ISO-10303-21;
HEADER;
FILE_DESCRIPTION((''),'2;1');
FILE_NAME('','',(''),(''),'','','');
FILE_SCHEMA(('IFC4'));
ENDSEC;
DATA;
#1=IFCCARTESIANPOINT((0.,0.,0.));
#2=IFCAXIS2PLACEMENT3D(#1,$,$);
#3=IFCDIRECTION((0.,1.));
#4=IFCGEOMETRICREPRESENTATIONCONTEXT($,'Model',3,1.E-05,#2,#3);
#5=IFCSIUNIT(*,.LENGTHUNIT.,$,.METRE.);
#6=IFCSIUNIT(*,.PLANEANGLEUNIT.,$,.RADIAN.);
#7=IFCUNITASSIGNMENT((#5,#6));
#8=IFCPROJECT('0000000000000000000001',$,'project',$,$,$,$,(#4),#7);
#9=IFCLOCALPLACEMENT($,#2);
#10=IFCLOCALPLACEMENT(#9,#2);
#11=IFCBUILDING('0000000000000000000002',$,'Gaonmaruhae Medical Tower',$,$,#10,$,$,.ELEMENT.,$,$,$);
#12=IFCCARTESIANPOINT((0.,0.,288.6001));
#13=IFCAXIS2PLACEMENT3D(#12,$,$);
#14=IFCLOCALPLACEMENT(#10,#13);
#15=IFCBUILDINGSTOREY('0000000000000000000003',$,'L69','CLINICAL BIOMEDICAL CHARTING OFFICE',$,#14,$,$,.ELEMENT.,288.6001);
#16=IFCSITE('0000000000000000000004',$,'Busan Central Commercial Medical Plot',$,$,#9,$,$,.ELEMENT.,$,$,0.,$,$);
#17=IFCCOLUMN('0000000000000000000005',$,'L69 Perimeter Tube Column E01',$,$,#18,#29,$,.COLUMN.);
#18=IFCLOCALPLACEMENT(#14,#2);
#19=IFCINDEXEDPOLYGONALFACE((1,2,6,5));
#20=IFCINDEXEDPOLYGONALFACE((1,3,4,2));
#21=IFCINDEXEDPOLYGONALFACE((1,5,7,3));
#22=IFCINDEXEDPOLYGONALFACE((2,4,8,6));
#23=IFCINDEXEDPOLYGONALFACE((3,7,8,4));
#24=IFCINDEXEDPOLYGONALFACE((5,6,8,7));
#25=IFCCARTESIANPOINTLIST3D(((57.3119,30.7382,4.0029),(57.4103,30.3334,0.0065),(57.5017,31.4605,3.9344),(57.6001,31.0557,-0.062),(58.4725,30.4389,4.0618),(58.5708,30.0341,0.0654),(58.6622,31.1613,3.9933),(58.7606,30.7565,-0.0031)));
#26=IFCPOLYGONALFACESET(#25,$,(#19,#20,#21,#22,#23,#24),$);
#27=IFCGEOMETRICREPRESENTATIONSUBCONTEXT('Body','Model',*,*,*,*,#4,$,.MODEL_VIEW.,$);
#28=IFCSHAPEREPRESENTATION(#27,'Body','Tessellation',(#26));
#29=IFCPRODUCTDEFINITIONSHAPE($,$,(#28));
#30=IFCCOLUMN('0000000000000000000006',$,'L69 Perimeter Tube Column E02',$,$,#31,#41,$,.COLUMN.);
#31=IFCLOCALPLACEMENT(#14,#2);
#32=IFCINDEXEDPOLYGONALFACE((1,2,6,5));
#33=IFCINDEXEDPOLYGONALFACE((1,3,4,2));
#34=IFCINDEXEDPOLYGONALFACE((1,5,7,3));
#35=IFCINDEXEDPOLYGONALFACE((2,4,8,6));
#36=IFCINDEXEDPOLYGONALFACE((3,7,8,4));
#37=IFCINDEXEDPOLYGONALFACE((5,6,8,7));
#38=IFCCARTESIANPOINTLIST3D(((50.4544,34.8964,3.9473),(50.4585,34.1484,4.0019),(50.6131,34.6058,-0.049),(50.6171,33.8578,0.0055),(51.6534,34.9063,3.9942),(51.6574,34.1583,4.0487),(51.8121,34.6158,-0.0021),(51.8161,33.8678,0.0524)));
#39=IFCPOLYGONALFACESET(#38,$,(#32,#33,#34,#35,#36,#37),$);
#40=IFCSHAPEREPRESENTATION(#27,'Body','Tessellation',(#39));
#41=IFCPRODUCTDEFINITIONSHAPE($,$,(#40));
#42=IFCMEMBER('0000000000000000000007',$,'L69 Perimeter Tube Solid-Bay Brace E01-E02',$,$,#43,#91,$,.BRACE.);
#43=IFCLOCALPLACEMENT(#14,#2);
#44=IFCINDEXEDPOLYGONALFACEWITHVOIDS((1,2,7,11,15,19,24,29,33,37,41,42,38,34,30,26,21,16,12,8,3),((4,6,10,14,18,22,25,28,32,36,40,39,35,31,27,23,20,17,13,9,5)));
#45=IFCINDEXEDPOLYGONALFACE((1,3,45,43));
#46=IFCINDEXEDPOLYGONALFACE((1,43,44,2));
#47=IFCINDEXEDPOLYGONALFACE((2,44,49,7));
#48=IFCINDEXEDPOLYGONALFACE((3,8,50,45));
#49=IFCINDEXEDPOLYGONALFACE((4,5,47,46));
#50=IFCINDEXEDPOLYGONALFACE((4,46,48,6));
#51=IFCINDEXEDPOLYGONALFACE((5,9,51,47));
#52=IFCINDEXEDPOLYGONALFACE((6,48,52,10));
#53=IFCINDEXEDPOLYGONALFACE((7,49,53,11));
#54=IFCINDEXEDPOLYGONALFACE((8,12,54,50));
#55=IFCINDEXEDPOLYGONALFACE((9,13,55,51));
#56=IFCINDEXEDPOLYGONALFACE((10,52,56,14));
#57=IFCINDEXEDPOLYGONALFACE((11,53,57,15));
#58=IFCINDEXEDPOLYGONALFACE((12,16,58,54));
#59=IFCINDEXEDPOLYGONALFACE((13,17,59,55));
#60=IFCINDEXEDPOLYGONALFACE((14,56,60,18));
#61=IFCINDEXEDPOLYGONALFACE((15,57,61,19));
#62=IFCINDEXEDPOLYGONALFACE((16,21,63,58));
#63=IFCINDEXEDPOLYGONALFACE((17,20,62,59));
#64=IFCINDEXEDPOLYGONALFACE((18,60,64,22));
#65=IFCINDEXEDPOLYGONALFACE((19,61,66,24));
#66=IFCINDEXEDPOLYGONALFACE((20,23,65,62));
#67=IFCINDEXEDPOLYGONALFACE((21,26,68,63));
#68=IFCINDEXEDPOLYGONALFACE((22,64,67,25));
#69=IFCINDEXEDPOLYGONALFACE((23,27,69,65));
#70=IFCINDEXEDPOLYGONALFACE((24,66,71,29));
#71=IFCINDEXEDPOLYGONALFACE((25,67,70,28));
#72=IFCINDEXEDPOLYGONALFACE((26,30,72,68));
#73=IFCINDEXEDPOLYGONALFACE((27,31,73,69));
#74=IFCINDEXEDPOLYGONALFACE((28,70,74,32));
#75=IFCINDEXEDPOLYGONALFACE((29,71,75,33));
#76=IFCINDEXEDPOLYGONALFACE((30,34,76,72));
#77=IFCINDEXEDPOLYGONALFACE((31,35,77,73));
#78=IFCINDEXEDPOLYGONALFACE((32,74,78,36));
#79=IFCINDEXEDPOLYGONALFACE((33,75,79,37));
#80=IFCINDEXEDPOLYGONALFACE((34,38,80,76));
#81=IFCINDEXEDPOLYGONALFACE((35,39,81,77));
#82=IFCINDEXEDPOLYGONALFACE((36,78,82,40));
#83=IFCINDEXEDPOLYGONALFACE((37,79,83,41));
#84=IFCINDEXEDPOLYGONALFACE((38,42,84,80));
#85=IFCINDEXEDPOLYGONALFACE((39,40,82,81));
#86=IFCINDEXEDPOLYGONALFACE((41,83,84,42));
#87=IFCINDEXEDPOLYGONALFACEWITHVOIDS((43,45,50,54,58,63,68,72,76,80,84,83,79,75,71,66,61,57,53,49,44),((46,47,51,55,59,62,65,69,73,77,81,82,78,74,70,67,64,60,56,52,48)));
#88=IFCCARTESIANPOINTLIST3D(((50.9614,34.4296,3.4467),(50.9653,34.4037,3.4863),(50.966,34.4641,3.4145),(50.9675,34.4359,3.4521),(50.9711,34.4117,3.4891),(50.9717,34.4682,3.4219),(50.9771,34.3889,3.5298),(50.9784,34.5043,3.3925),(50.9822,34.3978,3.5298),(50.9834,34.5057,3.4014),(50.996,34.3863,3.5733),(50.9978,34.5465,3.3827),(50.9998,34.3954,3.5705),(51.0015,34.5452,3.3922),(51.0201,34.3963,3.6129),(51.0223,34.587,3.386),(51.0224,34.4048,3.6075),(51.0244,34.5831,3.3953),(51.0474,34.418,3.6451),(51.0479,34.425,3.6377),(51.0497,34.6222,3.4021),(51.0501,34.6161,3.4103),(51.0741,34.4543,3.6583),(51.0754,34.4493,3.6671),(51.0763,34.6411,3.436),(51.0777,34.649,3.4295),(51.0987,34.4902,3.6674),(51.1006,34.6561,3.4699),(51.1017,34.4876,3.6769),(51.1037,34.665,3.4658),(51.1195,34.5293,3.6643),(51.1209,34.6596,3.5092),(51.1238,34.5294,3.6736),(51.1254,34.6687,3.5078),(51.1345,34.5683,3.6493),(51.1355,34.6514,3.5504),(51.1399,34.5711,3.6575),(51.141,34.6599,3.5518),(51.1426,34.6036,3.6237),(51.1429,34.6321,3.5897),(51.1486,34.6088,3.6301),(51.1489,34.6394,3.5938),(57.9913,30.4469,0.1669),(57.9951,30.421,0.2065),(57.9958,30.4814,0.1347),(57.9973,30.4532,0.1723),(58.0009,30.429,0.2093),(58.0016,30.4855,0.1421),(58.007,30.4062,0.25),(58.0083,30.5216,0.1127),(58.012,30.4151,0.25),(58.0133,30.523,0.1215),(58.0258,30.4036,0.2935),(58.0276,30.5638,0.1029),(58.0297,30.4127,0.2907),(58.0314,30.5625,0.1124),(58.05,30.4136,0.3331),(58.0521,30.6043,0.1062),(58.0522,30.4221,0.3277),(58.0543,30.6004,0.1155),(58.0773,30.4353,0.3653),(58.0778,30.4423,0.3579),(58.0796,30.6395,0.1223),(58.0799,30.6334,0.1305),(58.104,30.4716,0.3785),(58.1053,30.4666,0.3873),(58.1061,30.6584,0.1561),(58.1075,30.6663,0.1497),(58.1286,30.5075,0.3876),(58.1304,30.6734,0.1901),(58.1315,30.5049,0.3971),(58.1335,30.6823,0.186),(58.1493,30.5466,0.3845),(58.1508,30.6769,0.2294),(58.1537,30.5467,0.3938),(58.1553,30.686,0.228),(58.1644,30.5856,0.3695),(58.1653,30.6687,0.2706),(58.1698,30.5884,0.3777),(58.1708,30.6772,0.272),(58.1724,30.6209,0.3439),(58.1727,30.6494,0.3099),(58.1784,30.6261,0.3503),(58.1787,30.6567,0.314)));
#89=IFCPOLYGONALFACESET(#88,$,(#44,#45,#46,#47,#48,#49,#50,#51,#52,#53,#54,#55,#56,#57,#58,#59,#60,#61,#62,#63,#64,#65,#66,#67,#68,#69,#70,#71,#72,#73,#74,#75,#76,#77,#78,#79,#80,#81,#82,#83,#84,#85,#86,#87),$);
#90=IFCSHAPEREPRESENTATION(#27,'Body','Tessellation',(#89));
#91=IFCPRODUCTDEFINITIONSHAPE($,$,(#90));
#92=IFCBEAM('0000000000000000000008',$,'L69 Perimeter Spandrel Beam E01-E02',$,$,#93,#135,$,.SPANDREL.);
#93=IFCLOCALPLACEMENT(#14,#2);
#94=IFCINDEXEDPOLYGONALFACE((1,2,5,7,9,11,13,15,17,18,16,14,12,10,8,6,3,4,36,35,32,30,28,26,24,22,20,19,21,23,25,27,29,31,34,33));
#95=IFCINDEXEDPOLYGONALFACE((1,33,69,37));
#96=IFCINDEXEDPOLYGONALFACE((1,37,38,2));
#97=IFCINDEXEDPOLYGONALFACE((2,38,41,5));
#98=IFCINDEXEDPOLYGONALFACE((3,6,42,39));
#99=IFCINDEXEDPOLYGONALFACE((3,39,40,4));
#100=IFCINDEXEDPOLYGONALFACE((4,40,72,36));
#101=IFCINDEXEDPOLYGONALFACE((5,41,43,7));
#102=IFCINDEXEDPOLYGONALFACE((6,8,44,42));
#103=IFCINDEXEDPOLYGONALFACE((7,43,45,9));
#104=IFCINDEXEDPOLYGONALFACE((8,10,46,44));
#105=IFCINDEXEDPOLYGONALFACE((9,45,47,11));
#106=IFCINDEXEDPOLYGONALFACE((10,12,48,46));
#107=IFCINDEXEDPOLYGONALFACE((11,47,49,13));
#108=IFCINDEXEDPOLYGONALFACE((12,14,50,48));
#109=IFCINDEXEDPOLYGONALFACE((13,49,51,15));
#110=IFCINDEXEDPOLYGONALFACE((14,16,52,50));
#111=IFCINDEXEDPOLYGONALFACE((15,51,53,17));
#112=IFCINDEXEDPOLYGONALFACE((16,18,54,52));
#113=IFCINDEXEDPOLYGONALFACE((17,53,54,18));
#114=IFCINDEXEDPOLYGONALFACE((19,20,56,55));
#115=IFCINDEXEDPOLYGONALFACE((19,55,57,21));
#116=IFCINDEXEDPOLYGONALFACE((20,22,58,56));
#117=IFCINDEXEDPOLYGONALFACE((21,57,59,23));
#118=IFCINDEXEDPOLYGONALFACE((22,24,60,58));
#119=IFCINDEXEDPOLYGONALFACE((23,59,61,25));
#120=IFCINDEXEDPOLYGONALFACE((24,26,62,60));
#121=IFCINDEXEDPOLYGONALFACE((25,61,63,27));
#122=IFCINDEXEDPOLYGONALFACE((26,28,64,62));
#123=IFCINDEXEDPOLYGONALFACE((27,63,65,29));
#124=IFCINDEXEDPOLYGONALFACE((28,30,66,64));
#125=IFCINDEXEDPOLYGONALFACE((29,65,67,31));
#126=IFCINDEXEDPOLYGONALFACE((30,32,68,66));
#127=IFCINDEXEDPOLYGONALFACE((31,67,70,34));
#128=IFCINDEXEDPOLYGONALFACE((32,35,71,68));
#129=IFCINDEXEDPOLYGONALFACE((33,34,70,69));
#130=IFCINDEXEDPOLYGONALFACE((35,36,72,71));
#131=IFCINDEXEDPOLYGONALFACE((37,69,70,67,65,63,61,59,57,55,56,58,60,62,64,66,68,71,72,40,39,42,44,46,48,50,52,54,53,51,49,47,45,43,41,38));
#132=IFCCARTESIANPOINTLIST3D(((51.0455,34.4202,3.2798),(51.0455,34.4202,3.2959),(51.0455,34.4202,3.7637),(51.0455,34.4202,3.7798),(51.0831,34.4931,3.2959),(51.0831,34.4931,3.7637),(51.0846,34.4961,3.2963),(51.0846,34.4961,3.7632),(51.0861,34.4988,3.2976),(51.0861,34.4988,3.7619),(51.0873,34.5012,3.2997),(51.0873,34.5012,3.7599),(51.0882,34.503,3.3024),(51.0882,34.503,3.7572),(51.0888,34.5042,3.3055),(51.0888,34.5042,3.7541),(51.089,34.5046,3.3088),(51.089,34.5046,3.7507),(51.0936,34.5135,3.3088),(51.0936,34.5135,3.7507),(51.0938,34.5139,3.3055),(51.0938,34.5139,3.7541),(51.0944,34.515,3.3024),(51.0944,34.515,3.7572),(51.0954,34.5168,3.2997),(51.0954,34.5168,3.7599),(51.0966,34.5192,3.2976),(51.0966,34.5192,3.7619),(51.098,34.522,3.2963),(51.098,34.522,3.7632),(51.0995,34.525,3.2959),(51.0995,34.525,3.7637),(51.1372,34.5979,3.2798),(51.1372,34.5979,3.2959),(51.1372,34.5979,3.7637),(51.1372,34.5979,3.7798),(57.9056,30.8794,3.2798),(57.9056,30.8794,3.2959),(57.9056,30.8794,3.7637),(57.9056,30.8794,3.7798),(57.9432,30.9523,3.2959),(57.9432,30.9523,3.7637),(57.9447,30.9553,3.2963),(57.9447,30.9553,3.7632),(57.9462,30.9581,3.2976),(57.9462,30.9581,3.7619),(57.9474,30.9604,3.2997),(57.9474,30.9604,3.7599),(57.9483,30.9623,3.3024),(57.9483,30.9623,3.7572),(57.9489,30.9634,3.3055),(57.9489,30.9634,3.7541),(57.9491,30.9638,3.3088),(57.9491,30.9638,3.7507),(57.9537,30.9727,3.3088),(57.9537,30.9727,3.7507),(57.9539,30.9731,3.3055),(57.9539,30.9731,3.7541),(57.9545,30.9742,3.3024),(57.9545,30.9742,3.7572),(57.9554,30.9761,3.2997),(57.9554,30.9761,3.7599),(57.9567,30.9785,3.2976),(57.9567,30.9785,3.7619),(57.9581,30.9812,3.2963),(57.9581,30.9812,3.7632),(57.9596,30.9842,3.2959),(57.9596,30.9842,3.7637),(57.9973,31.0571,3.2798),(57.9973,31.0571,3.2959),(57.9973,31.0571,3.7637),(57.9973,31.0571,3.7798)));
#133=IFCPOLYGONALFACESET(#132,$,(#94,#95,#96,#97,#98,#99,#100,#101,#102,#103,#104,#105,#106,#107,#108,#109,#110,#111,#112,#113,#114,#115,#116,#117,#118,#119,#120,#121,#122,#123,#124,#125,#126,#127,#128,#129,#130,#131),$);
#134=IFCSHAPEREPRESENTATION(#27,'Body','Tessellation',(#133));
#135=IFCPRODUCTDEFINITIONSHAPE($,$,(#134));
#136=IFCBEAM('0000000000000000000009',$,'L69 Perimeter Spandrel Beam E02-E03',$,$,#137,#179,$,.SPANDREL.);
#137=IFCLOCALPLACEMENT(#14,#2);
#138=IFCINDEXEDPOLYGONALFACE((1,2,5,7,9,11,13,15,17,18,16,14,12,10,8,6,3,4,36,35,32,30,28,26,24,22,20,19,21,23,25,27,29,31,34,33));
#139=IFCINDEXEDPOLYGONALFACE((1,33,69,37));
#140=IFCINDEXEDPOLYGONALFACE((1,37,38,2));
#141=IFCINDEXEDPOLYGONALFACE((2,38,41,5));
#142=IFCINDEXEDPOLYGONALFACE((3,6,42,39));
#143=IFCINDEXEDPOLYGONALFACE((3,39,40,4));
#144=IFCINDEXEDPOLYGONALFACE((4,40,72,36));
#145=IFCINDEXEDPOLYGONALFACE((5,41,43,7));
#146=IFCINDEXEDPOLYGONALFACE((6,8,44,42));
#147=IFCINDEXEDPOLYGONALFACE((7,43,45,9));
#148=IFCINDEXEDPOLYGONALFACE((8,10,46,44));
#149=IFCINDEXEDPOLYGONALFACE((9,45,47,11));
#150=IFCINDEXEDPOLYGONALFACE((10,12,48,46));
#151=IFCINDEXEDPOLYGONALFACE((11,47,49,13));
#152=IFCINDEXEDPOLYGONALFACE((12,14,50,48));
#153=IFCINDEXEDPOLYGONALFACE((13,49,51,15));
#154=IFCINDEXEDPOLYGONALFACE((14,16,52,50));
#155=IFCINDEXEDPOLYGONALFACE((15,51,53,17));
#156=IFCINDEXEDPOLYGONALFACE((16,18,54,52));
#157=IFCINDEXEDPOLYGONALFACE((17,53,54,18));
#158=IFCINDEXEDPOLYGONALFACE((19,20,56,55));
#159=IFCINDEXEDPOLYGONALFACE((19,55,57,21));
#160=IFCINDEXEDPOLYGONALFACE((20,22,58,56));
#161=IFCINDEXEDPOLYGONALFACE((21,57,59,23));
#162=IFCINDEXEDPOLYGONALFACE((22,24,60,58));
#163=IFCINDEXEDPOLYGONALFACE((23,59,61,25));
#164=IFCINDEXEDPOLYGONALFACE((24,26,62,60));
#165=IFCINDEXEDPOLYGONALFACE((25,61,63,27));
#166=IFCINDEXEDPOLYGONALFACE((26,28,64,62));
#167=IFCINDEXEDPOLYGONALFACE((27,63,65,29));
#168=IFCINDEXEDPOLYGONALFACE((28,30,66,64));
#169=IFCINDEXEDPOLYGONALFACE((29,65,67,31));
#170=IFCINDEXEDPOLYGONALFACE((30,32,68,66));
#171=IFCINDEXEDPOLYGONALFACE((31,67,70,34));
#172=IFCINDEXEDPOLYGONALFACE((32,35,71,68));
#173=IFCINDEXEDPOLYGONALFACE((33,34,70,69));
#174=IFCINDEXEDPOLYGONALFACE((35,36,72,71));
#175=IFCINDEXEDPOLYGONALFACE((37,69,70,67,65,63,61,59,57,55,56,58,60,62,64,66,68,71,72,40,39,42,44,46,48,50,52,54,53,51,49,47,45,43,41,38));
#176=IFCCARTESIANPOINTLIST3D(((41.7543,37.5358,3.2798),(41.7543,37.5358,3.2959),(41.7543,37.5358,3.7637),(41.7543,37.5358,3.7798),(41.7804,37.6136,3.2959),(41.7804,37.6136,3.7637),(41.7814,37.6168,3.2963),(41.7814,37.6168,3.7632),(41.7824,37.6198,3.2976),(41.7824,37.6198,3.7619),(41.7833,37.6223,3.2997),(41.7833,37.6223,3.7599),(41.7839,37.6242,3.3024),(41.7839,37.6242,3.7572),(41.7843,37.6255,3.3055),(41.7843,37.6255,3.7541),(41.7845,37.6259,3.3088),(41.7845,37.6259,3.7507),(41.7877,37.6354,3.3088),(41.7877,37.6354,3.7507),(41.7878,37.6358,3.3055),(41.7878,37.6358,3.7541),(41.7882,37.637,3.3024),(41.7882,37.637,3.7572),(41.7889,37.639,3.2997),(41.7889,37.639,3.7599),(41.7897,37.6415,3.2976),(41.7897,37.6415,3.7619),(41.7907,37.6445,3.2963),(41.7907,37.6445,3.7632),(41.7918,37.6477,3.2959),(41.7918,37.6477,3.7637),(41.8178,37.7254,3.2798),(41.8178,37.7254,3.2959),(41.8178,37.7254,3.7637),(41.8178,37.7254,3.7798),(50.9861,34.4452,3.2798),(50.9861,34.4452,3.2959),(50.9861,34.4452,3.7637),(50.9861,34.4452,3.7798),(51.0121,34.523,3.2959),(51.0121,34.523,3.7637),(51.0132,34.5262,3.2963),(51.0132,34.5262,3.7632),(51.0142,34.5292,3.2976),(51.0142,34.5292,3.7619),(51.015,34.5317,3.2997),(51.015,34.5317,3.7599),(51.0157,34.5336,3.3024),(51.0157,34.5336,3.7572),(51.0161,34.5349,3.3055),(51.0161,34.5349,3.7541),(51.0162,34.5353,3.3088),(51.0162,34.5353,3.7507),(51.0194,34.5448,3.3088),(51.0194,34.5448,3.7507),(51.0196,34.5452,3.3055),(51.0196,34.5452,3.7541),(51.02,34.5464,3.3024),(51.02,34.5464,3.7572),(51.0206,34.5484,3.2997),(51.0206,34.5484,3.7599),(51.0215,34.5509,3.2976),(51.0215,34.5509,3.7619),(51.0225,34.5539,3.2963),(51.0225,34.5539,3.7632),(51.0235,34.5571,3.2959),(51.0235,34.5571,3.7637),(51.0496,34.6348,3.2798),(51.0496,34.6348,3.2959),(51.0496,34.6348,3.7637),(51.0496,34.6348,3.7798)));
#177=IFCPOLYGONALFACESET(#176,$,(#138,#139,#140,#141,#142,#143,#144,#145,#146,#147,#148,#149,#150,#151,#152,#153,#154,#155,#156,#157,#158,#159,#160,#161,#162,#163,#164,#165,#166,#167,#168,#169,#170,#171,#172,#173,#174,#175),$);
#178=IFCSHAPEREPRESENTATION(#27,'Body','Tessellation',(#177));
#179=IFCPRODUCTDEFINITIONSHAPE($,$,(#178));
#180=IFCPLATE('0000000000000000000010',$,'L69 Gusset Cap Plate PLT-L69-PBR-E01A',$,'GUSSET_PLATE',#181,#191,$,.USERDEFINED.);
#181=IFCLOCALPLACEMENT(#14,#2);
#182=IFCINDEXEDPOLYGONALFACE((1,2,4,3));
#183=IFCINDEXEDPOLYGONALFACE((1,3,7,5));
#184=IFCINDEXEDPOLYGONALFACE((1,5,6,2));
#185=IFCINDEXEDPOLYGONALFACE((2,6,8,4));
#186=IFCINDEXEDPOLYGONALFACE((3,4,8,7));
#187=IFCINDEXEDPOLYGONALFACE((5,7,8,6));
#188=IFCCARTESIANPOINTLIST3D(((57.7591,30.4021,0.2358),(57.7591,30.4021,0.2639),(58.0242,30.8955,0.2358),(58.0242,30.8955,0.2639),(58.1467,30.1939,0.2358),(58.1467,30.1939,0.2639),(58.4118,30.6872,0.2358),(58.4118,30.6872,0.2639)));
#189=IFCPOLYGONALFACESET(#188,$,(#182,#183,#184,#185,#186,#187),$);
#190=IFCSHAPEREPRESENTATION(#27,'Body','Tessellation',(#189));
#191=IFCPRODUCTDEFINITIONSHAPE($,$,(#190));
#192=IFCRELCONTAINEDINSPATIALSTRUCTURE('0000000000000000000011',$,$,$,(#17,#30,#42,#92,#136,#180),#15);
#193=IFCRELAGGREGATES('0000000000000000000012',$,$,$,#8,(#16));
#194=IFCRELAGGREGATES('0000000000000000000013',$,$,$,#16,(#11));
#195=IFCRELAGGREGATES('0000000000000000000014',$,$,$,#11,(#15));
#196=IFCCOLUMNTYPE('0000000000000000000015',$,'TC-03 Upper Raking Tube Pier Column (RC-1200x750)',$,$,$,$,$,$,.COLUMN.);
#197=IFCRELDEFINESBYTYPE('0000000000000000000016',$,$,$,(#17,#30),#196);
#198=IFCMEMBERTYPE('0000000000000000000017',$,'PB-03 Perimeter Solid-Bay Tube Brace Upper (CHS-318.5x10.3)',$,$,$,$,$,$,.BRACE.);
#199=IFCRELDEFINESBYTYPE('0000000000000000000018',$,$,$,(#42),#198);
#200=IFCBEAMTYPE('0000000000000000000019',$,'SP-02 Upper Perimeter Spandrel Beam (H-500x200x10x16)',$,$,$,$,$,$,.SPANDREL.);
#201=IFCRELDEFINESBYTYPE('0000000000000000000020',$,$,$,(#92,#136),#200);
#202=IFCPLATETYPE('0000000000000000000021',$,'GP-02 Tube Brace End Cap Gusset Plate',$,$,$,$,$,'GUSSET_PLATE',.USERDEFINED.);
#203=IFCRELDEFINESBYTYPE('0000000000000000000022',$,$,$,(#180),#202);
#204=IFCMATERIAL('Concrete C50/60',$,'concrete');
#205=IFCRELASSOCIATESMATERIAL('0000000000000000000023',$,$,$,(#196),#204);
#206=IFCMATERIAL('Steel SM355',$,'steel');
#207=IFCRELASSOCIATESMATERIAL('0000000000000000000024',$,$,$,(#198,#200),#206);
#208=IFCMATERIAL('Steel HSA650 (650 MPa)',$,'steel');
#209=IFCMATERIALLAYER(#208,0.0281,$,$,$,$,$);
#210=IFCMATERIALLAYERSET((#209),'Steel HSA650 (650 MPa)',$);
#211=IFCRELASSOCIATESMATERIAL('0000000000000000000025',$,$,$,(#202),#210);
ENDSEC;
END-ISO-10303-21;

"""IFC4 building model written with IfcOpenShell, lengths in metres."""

from ifc_helpers import new_model, si_unit, direction, frame, origin, origin_2d, place, context, subcontext, project, spatial, rectangle, hollow_circle, i_section, extrude, material, layer, layer_set, material_profile, profile_set, type_object, element, save


model = new_model("IFC4")

# Units and contexts
model_context = context("Model", 3, precision=1e-05, world=origin(), true_north=direction((0.0, 1.0)))
body_context = subcontext(model_context, "Body", "Model", "MODEL_VIEW")
ifc_project = project(units=[si_unit("LENGTHUNIT", "METRE"), si_unit("PLANEANGLEUNIT", "RADIAN")], contexts=[model_context])

# Site, building, storey
site_placement = place(None, origin())
site = spatial("IfcSite", under=ifc_project, at=site_placement, Name="Busan Central Commercial Medical Plot", CompositionType="ELEMENT", RefElevation=0.0)
building_placement = place(site_placement, origin())
building = spatial("IfcBuilding", under=site, at=building_placement, Name="Gaonmaruhae Medical Tower", CompositionType="ELEMENT")
storey_placement = place(building_placement, frame((0.0, 0.0, 288.6001)))
storey = spatial("IfcBuildingStorey", under=building, at=storey_placement, Name="L69", Description="CLINICAL BIOMEDICAL CHARTING OFFICE", CompositionType="ELEMENT", Elevation=288.6001)

# Columns
ifc_material_1 = material(Name="Concrete C50/60", Category="concrete")
ifc_material_profile_1 = material_profile(ifc_material_1, rectangle(XDim=1.2, YDim=0.75, at=origin_2d()), Name="RC-1200x750")
ifc_profile_set_1 = profile_set([ifc_material_profile_1], Name="Concrete C50/60")
column_type = type_object("IfcColumnType", Name="TC-03 Upper Raking Tube Pier Column (RC-1200x750)", PredefinedType="COLUMN", material=ifc_profile_set_1)
column_1_placement = place(storey_placement, frame((58.0854, 30.5449, 0.0017), z_axis=(-0.024487, 0.100743, 0.994611), x_axis=(0.967158, -0.249395, 0.049072)))
element("IfcColumn", 1, at=column_1_placement, inside=storey, type_object=column_type, Name="L69 Perimeter Tube Column E01", PredefinedType="COLUMN", context=body_context, shape_type="SweptSolid", body=[
    extrude(rectangle(XDim=1.2, YDim=0.75, at=origin_2d()), origin(), (0.0, 0.0, 1.0), 4.0181),
])
column_2_placement = place(storey_placement, frame((51.2146, 34.2368, 0.0017), z_axis=(-0.039574, 0.07245, 0.996587), x_axis=(0.999202, 0.008298, 0.039074)))
element("IfcColumn", 2, at=column_2_placement, inside=storey, type_object=column_type, Name="L69 Perimeter Tube Column E02", PredefinedType="COLUMN", context=body_context, shape_type="SweptSolid", body=[
    extrude(rectangle(XDim=1.2, YDim=0.75, at=origin_2d()), origin(), (0.0, 0.0, 1.0), 4.01),
])

# Member
ifc_material_2 = material(Name="Steel SM355", Category="steel")
ifc_material_profile_2 = material_profile(ifc_material_2, hollow_circle(Radius=0.1592, WallThickness=0.0103, at=origin_2d()), Name="CHS-318.5x10.3")
ifc_profile_set_2 = profile_set([ifc_material_profile_2], Name="Steel SM355")
member_type = type_object("IfcMemberType", Name="PB-03 Perimeter Solid-Bay Tube Brace Upper (CHS-318.5x10.3)", PredefinedType="BRACE", material=ifc_profile_set_2)
member_placement = place(storey_placement, frame((58.0854, 30.5447, 0.25), z_axis=(-0.806178, 0.456733, 0.376127), x_axis=(-0.49293, -0.870069, 0.0)))
element("IfcMember", 3, at=member_placement, inside=storey, type_object=member_type, Name="L69 Perimeter Tube Solid-Bay Brace E01-E02", PredefinedType="BRACE", context=body_context, shape_type="SweptSolid", body=[
    extrude(hollow_circle(Radius=0.1592, WallThickness=0.0103, at=origin_2d()), origin(), (0.0, 0.0, 1.0), 8.72),
])

# Beams
ifc_material_profile_3 = material_profile(ifc_material_2, i_section(OverallWidth=0.2, OverallDepth=0.5, WebThickness=0.01, FlangeThickness=0.0161, FilletRadius=0.0129, at=origin_2d()), Name="H-500x200x10x16")
ifc_profile_set_3 = profile_set([ifc_material_profile_3], Name="Steel SM355")
beam_type = type_object("IfcBeamType", Name="SP-02 Upper Perimeter Spandrel Beam (H-500x200x10x16)", PredefinedType="SPANDREL", material=ifc_profile_set_3)
beam_1_placement = place(storey_placement, frame((57.9514, 30.9683, 3.5298), z_axis=(-0.888617, 0.45865, 0.0), x_axis=(-0.45865, -0.888617, 0.0)))
element("IfcBeam", 4, at=beam_1_placement, inside=storey, type_object=beam_type, Name="L69 Perimeter Spandrel Beam E01-E02", PredefinedType="SPANDREL", context=body_context, shape_type="SweptSolid", body=[
    extrude(i_section(OverallWidth=0.2, OverallDepth=0.5, WebThickness=0.01, FlangeThickness=0.0161, FilletRadius=0.0129, at=origin_2d()), origin(), (0.0, 0.0, 1.0), 7.72),
])
beam_2_placement = place(storey_placement, frame((51.0178, 34.54, 3.5298), z_axis=(-0.948271, 0.317461, 0.0), x_axis=(-0.317461, -0.948271, 0.0)))
element("IfcBeam", 5, at=beam_2_placement, inside=storey, type_object=beam_type, Name="L69 Perimeter Spandrel Beam E02-E03", PredefinedType="SPANDREL", context=body_context, shape_type="SweptSolid", body=[
    extrude(i_section(OverallWidth=0.2, OverallDepth=0.5, WebThickness=0.01, FlangeThickness=0.0161, FilletRadius=0.0129, at=origin_2d()), origin(), (0.0, 0.0, 1.0), 9.7354),
])

# Plate
ifc_material_3 = material(Name="Steel HSA650 (650 MPa)", Category="steel")
ifc_layer_1 = layer(ifc_material_3, 0.0281)
ifc_layer_set_1 = layer_set([ifc_layer_1], Name="Steel HSA650 (650 MPa)")
plate_type_1 = type_object("IfcPlateType", Name="GP-02 Tube Brace End Cap Gusset Plate", ElementType="GUSSET_PLATE", PredefinedType="USERDEFINED", material=ifc_layer_set_1)
for number, where, z_axis, x_axis, name in (
    (6, (58.0854, 30.5447, 0.2358), (0.0, 0.0, 1.0), (0.47332, 0.880891, 0.0), "L69 Gusset Cap Plate PLT-L69-PBR-E01A"),
):
    element("IfcPlate", number, at=place(storey_placement, frame(where, z_axis=z_axis, x_axis=x_axis)), inside=storey, type_object=plate_type_1, Name=name, ObjectType="GUSSET_PLATE", PredefinedType="USERDEFINED", context=body_context, shape_type="SweptSolid", body=[
        extrude(rectangle(XDim=0.5601, YDim=0.4399, at=origin_2d()), origin(), (0.0, 0.0, 1.0), 0.0281),
    ])

save(model, "model.ifc")
